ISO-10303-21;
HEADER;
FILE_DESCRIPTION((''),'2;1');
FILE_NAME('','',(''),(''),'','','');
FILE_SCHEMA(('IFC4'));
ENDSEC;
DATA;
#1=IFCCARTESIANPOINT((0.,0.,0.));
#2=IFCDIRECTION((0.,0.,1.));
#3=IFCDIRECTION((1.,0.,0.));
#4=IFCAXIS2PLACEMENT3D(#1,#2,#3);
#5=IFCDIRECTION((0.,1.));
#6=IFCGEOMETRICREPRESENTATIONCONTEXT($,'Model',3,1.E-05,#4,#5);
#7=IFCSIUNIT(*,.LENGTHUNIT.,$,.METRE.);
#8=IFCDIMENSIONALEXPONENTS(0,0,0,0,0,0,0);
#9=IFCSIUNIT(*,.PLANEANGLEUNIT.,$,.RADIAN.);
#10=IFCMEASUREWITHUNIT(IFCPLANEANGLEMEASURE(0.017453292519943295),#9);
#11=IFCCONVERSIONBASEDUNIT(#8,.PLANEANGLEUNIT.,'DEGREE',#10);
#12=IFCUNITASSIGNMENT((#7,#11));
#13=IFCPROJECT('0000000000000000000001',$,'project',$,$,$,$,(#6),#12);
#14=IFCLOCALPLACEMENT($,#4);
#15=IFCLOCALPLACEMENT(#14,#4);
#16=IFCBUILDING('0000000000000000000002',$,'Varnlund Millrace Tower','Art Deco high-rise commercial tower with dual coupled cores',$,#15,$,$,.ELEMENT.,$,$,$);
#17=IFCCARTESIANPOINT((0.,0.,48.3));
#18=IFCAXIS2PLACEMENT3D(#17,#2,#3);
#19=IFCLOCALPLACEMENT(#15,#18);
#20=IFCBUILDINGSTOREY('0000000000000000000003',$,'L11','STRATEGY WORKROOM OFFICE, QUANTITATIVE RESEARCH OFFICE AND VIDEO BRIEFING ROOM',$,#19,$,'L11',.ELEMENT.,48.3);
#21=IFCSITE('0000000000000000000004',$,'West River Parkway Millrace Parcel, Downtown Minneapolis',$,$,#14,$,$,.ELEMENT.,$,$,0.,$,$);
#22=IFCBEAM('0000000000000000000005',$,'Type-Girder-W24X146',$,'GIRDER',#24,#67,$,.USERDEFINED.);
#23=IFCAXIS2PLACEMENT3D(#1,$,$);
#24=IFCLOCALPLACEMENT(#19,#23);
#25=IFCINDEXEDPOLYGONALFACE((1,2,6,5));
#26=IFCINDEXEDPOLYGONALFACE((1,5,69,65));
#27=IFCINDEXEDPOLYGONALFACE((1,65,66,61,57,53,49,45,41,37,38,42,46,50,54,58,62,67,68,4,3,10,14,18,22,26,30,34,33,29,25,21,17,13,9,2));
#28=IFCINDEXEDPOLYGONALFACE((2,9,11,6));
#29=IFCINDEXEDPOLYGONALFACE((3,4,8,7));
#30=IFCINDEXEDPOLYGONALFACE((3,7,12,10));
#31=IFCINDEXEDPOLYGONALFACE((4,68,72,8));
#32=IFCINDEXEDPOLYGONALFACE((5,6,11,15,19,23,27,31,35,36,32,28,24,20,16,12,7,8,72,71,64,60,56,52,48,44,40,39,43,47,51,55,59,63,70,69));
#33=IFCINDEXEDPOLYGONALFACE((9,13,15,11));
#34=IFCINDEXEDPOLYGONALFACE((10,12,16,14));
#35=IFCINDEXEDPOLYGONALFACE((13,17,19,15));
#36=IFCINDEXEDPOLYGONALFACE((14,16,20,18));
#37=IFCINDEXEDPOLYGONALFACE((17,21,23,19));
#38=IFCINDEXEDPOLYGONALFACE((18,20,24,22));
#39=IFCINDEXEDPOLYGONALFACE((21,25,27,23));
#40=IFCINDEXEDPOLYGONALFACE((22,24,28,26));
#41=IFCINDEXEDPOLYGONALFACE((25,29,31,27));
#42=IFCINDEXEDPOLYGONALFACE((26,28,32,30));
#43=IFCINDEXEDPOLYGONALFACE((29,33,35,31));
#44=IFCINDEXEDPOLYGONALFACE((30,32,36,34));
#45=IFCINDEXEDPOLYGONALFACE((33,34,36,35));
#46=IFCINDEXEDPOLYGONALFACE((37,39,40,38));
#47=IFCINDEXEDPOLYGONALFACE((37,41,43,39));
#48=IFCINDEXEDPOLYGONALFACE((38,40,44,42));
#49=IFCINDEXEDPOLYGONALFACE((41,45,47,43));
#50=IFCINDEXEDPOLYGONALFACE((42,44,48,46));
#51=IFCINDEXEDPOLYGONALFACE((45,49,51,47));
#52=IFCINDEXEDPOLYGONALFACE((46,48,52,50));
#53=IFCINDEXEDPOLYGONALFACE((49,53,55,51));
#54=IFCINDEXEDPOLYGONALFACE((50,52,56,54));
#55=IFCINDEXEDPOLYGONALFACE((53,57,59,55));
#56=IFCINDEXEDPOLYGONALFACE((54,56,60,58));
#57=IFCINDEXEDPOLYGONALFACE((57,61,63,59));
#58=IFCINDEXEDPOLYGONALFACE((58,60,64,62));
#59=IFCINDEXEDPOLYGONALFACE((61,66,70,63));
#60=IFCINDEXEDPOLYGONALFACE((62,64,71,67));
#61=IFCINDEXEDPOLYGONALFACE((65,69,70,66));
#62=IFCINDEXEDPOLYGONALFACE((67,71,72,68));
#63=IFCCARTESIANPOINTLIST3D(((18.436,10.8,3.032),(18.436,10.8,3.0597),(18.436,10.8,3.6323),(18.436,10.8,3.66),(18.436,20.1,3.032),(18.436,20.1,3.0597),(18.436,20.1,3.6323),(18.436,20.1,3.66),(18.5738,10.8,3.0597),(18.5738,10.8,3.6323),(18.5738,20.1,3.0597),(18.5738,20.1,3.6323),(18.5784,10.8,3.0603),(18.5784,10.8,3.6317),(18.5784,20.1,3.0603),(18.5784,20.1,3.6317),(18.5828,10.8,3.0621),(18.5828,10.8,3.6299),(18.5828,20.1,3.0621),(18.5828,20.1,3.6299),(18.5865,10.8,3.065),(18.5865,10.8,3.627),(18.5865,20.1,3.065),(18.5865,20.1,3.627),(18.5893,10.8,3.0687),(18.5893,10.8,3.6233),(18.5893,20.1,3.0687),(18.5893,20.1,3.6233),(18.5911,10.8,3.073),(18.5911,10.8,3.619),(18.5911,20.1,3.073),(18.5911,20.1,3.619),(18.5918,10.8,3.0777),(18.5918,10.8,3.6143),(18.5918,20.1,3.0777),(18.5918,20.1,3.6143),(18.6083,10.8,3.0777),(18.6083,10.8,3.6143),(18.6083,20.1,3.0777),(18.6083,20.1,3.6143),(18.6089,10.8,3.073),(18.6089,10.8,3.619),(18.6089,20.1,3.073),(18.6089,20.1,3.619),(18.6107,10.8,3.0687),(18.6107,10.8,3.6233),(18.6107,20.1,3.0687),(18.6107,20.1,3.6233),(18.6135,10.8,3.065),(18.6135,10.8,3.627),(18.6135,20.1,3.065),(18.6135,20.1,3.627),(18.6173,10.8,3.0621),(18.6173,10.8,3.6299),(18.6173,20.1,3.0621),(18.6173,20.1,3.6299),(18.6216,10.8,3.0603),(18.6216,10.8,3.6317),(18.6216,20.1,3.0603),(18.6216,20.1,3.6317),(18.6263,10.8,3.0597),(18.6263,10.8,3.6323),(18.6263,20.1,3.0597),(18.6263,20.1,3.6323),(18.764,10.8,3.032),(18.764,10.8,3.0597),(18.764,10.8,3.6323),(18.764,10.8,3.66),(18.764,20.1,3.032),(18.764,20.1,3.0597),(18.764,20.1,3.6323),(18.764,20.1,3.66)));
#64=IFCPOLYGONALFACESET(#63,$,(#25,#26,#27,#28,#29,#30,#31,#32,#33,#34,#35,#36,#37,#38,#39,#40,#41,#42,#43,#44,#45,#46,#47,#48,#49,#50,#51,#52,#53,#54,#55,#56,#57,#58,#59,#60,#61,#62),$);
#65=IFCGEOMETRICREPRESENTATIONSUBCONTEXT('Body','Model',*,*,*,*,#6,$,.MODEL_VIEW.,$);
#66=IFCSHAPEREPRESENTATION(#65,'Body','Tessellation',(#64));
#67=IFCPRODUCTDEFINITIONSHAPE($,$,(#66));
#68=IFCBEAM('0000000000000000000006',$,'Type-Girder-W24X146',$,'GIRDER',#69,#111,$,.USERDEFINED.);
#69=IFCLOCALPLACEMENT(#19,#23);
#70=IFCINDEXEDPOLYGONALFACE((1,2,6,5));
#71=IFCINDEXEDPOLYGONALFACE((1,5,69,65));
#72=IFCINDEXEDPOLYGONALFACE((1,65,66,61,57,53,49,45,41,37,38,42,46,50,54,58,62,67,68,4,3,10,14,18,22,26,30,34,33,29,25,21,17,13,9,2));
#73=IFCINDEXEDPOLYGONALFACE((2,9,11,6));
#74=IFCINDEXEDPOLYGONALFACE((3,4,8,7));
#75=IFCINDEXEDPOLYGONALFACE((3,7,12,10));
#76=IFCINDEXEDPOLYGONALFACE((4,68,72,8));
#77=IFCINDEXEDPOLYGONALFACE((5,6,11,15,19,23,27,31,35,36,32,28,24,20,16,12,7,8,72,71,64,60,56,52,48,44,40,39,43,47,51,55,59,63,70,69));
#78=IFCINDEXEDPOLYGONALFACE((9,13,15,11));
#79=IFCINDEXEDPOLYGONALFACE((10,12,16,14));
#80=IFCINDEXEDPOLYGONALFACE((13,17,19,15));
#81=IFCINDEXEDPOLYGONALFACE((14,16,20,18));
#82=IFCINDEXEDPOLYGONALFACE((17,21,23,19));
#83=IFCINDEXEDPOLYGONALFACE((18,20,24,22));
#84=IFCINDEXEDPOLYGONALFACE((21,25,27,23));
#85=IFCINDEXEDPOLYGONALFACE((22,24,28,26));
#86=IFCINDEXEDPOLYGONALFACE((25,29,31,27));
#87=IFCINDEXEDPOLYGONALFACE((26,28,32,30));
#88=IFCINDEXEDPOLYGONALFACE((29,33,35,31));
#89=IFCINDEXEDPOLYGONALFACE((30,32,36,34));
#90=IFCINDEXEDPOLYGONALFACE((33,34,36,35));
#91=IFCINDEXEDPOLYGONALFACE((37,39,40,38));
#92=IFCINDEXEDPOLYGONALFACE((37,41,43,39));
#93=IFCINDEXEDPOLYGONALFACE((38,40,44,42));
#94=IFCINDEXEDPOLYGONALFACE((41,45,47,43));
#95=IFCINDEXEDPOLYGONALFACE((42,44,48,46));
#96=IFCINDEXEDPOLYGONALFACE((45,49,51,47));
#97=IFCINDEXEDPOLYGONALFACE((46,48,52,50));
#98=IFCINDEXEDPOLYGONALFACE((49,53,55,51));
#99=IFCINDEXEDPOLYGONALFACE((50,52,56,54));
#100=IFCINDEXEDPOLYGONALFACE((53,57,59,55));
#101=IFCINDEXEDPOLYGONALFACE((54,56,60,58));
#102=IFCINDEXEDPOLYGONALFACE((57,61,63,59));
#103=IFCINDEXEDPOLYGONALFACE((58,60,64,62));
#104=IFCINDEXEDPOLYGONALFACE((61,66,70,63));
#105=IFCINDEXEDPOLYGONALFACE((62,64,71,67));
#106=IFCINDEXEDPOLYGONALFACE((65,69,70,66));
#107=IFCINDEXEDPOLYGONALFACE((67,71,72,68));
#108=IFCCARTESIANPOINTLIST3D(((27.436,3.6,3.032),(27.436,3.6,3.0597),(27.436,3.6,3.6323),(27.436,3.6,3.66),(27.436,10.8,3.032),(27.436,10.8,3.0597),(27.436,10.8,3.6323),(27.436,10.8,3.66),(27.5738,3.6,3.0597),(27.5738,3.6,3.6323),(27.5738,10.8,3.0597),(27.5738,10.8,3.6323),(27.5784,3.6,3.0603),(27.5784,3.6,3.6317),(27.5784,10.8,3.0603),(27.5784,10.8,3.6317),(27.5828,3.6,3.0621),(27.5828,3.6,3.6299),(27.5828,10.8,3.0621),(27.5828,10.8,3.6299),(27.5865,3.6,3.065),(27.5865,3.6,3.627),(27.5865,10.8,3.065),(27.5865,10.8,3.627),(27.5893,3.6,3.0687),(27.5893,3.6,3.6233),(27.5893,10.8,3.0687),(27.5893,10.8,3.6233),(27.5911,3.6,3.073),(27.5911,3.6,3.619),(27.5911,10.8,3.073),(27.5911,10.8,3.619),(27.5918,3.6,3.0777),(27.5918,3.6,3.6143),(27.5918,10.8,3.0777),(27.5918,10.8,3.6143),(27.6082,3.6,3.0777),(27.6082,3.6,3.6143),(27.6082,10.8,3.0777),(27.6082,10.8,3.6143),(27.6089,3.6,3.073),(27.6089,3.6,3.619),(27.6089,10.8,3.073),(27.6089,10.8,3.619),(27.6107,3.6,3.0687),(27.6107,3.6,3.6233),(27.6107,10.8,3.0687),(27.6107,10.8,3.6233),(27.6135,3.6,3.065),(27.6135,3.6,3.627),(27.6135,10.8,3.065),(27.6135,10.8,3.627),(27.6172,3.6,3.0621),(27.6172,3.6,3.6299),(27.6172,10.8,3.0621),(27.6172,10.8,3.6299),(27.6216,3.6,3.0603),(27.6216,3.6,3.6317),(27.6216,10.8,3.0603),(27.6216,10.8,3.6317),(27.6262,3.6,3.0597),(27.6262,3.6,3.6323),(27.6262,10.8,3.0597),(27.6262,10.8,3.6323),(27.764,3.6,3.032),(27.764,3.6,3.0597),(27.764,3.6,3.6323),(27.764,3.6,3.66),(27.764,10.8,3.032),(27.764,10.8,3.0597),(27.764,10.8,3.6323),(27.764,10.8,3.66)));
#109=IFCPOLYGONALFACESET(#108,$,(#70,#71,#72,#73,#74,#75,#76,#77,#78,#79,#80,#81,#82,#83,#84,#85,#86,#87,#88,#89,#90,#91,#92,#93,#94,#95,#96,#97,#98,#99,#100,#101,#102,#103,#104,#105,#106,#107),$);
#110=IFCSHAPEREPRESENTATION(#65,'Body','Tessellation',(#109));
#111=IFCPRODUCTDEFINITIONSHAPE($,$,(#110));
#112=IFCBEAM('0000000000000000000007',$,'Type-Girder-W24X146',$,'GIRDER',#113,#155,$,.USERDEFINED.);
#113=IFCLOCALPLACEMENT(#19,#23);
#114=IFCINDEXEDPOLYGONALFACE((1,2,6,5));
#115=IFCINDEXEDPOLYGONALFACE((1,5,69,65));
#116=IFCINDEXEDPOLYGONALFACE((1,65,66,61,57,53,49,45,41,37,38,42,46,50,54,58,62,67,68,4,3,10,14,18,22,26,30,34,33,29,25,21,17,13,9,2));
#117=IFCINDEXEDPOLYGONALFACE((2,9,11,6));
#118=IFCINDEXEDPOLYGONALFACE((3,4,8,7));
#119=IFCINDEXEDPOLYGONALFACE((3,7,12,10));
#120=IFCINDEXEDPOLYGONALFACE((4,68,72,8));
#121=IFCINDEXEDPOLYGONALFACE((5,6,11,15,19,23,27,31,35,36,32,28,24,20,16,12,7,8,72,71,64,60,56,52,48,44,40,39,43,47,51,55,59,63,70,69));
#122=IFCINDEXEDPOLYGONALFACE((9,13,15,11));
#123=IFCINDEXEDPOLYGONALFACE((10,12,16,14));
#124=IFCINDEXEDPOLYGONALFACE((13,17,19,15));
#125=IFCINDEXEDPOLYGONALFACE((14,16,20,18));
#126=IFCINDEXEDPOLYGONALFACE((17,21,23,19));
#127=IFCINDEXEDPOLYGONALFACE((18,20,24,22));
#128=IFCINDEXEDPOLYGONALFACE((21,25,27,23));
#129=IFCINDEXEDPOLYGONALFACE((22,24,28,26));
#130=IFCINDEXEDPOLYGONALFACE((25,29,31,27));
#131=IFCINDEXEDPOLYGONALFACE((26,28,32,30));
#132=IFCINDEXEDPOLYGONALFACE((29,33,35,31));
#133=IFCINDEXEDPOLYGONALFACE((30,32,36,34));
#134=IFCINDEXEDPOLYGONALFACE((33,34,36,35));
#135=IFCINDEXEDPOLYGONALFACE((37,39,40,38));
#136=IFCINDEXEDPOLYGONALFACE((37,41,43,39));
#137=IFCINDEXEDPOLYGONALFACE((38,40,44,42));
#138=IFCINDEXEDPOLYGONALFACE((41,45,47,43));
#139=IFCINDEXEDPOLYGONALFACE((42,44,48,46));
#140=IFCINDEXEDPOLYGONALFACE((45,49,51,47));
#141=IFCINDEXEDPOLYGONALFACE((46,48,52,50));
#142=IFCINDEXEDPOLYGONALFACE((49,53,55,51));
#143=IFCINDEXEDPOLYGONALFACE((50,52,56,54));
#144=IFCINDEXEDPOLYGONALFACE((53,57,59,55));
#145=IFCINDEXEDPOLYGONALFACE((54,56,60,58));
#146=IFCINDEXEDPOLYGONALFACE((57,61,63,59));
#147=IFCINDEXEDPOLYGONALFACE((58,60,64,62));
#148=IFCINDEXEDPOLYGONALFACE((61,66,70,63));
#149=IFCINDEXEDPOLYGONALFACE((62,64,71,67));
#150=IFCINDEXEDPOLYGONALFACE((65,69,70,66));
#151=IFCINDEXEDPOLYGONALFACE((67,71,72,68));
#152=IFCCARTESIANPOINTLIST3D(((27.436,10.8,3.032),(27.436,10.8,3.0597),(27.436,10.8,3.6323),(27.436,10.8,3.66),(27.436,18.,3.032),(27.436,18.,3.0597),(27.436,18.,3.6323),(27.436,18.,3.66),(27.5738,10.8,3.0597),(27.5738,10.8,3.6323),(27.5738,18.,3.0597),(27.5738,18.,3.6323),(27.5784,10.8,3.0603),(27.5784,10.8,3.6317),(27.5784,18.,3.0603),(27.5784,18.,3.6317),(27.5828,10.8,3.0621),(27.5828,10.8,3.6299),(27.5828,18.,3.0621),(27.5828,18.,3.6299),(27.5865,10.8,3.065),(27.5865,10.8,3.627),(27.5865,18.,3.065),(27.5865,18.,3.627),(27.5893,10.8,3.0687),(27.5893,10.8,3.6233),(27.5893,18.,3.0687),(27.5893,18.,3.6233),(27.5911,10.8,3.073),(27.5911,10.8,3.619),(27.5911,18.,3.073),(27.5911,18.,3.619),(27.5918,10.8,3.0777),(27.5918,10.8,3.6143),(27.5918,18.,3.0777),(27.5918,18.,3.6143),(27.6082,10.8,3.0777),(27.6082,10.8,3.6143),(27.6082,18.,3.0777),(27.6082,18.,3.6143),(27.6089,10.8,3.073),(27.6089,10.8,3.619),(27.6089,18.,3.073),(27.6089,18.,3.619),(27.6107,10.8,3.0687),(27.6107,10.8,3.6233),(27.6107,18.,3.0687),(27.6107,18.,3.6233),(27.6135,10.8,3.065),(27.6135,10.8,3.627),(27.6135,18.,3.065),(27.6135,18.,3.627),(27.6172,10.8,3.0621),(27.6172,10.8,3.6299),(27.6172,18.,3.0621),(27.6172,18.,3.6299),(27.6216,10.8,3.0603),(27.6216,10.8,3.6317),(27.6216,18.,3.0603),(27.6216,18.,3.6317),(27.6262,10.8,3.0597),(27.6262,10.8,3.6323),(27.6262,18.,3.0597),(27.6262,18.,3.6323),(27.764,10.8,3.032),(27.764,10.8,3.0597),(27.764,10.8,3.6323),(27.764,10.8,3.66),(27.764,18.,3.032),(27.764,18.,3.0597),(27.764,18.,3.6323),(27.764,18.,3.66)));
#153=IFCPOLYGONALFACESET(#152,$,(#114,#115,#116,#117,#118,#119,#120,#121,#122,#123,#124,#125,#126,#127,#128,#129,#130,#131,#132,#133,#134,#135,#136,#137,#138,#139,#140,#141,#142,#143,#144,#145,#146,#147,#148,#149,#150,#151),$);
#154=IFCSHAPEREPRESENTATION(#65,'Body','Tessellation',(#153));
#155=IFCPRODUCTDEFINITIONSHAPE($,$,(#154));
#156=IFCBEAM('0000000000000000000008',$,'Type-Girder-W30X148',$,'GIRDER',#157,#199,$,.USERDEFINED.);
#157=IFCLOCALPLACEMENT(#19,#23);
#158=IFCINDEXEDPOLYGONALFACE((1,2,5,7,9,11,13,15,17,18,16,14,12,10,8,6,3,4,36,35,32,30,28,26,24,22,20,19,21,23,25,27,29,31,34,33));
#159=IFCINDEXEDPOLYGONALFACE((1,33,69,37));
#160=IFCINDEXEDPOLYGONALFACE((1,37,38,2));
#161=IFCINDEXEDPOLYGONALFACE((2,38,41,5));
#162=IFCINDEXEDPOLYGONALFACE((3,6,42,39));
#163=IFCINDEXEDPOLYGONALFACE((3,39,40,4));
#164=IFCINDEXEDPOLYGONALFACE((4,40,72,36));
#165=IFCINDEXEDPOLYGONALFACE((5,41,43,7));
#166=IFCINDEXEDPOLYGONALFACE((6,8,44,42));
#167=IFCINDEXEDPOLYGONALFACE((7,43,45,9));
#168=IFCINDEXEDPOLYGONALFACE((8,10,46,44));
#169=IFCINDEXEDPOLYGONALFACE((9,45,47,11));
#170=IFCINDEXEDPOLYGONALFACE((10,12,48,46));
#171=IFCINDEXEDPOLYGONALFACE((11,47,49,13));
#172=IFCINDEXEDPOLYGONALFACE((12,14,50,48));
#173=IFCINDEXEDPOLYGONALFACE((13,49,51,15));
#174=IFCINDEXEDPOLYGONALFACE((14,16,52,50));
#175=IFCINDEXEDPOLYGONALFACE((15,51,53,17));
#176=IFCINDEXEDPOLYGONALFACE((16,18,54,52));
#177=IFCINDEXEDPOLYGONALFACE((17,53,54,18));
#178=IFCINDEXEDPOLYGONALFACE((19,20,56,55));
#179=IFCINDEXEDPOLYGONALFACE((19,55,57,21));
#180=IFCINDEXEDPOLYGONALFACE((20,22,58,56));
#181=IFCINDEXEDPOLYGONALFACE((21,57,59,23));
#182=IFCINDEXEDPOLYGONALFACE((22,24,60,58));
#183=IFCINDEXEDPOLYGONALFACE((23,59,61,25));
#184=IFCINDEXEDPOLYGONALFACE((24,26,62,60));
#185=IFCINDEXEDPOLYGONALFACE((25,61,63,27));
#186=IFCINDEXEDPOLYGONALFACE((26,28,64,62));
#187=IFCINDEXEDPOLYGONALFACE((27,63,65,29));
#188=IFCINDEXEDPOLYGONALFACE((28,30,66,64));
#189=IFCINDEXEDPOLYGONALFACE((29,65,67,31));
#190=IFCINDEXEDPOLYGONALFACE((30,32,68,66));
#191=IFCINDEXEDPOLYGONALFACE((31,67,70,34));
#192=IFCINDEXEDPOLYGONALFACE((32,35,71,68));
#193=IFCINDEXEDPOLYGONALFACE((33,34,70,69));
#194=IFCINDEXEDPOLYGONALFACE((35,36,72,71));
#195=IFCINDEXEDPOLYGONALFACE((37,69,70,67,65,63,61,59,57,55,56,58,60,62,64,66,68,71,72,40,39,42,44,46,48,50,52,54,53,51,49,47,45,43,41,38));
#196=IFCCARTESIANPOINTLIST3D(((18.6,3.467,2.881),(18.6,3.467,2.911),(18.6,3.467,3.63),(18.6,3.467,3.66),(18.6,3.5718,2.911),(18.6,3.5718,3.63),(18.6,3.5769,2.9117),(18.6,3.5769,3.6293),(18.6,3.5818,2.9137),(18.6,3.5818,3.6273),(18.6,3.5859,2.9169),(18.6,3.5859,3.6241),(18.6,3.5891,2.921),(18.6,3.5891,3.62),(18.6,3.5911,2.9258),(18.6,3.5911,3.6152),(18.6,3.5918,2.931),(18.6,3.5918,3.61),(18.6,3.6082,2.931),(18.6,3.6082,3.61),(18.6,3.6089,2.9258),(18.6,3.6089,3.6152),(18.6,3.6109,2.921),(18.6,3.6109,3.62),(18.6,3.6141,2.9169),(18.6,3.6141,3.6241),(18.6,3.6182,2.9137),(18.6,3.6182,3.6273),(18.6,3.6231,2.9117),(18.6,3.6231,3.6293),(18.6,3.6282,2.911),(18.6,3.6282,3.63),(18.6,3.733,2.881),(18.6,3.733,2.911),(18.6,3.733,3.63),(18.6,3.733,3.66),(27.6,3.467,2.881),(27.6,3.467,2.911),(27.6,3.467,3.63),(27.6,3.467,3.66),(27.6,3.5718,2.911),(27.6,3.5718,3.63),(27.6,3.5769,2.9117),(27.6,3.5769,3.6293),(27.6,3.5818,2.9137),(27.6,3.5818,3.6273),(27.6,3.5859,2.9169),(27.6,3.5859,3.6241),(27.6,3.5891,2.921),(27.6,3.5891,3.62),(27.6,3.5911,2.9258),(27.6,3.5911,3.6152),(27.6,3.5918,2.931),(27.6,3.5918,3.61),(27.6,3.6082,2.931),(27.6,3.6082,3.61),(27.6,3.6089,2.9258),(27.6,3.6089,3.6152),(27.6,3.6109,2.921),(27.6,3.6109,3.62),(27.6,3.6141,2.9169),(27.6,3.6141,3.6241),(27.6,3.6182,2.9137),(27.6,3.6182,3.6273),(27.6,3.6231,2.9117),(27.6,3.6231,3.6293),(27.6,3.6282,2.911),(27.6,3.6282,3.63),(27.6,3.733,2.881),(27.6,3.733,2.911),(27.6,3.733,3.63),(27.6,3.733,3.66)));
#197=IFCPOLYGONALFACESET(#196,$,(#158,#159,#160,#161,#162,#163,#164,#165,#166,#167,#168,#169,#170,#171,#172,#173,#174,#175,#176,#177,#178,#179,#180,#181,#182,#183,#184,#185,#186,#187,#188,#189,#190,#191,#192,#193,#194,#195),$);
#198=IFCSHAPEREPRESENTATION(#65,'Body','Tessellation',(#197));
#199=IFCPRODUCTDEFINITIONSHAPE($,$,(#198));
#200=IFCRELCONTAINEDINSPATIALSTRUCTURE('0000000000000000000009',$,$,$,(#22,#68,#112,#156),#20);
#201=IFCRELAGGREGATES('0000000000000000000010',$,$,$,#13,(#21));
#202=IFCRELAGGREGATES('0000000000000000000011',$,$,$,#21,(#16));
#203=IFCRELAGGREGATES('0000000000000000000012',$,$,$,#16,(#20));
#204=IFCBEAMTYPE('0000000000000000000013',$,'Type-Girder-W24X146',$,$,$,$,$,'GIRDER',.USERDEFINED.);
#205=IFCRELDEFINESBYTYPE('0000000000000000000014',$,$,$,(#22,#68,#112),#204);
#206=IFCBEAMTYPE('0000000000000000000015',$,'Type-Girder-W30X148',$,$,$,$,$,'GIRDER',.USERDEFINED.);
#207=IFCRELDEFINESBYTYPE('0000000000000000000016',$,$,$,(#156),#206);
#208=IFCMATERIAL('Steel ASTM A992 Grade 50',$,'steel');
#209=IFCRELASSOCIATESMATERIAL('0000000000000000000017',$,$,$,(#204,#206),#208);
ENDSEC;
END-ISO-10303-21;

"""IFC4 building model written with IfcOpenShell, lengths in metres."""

from ifc_helpers import new_model, entity, si_unit, converted_unit, direction, frame, origin_with_axes, origin_2d_with_axis, place, context, subcontext, project, spatial, i_section, extrude, material, material_profile, profile_set, type_object, element, save


model = new_model("IFC4")

# Units and contexts
model_context = context("Model", 3, precision=1e-05, world=origin_with_axes(), true_north=direction((0.0, 1.0)))
body_context = subcontext(model_context, "Body", "Model", "MODEL_VIEW")
ifc_project = project(units=[si_unit("LENGTHUNIT", "METRE"), converted_unit("PLANEANGLEUNIT", "DEGREE", entity("IfcPlaneAngleMeasure", 0.017453292519943295), si_unit("PLANEANGLEUNIT", "RADIAN"), dimensions=[0, 0, 0, 0, 0, 0, 0])], contexts=[model_context])

# Site, building, storey
site_placement = place(None, origin_with_axes())
site = spatial("IfcSite", under=ifc_project, at=site_placement, Name="West River Parkway Millrace Parcel, Downtown Minneapolis", CompositionType="ELEMENT", RefElevation=0.0)
building_placement = place(site_placement, origin_with_axes())
building = spatial("IfcBuilding", under=site, at=building_placement, Name="Varnlund Millrace Tower", Description="Art Deco high-rise commercial tower with dual coupled cores", CompositionType="ELEMENT")
storey_placement = place(building_placement, frame((0.0, 0.0, 48.3), z_axis=(0.0, 0.0, 1.0), x_axis=(1.0, 0.0, 0.0)))
storey = spatial("IfcBuildingStorey", under=building, at=storey_placement, Name="L11", Description="STRATEGY WORKROOM OFFICE, QUANTITATIVE RESEARCH OFFICE AND VIDEO BRIEFING ROOM", LongName="L11", CompositionType="ELEMENT", Elevation=48.3)

# Beams
ifc_material_1 = material(Name="Steel ASTM A992 Grade 50", Category="steel")
ifc_material_profile_1 = material_profile(ifc_material_1, i_section(OverallWidth=0.328, OverallDepth=0.628, WebThickness=0.0165, FlangeThickness=0.0277, FilletRadius=0.018, at=origin_2d_with_axis()), Name="Steel ASTM A992 Grade 50")
ifc_profile_set_1 = profile_set([ifc_material_profile_1], Name="Steel ASTM A992 Grade 50")
beam_type_1 = type_object("IfcBeamType", Name="Type-Girder-W24X146", ElementType="GIRDER", PredefinedType="USERDEFINED", material=ifc_profile_set_1)
beam_1_placement = place(storey_placement, frame((18.6, 10.8, 3.346), z_axis=(0.0, 1.0, 0.0), x_axis=(-1.0, 0.0, 0.0)))
element("IfcBeam", 1, at=beam_1_placement, inside=storey, type_object=beam_type_1, Name="Type-Girder-W24X146", ObjectType="GIRDER", PredefinedType="USERDEFINED", context=body_context, shape_type="SweptSolid", body=[
    extrude(i_section(OverallWidth=0.328, OverallDepth=0.628, WebThickness=0.0165, FlangeThickness=0.0277, FilletRadius=0.018, at=origin_2d_with_axis()), origin_with_axes(), (0.0, 0.0, 1.0), 9.3),
])
for number, where, z_axis, x_axis, name in (
    (2, (27.6, 3.6, 3.346), (0.0, 1.0, 0.0), (-1.0, 0.0, 0.0), "Type-Girder-W24X146"),
    (3, (27.6, 10.8, 3.346), (0.0, 1.0, 0.0), (-1.0, 0.0, 0.0), "Type-Girder-W24X146"),
):
    element("IfcBeam", number, at=place(storey_placement, frame(where, z_axis=z_axis, x_axis=x_axis)), inside=storey, type_object=beam_type_1, Name=name, ObjectType="GIRDER", PredefinedType="USERDEFINED", context=body_context, shape_type="SweptSolid", body=[
        extrude(i_section(OverallWidth=0.328, OverallDepth=0.628, WebThickness=0.0165, FlangeThickness=0.0277, FilletRadius=0.018, at=origin_2d_with_axis()), origin_with_axes(), (0.0, 0.0, 1.0), 7.2),
    ])
ifc_material_profile_2 = material_profile(ifc_material_1, i_section(OverallWidth=0.266, OverallDepth=0.779, WebThickness=0.0165, FlangeThickness=0.03, FilletRadius=0.02, at=origin_2d_with_axis()), Name="Steel ASTM A992 Grade 50")
ifc_profile_set_2 = profile_set([ifc_material_profile_2], Name="Steel ASTM A992 Grade 50")
beam_type_2 = type_object("IfcBeamType", Name="Type-Girder-W30X148", ElementType="GIRDER", PredefinedType="USERDEFINED", material=ifc_profile_set_2)
beam_2_placement = place(storey_placement, frame((18.6, 3.6, 3.2705), z_axis=(1.0, 0.0, 0.0), x_axis=(0.0, 1.0, 0.0)))
element("IfcBeam", 4, at=beam_2_placement, inside=storey, type_object=beam_type_2, Name="Type-Girder-W30X148", ObjectType="GIRDER", PredefinedType="USERDEFINED", context=body_context, shape_type="SweptSolid", body=[
    extrude(i_section(OverallWidth=0.266, OverallDepth=0.779, WebThickness=0.0165, FlangeThickness=0.03, FilletRadius=0.02, at=origin_2d_with_axis()), origin_with_axes(), (0.0, 0.0, 1.0), 9.0),
])

save(model, "model.ifc")
